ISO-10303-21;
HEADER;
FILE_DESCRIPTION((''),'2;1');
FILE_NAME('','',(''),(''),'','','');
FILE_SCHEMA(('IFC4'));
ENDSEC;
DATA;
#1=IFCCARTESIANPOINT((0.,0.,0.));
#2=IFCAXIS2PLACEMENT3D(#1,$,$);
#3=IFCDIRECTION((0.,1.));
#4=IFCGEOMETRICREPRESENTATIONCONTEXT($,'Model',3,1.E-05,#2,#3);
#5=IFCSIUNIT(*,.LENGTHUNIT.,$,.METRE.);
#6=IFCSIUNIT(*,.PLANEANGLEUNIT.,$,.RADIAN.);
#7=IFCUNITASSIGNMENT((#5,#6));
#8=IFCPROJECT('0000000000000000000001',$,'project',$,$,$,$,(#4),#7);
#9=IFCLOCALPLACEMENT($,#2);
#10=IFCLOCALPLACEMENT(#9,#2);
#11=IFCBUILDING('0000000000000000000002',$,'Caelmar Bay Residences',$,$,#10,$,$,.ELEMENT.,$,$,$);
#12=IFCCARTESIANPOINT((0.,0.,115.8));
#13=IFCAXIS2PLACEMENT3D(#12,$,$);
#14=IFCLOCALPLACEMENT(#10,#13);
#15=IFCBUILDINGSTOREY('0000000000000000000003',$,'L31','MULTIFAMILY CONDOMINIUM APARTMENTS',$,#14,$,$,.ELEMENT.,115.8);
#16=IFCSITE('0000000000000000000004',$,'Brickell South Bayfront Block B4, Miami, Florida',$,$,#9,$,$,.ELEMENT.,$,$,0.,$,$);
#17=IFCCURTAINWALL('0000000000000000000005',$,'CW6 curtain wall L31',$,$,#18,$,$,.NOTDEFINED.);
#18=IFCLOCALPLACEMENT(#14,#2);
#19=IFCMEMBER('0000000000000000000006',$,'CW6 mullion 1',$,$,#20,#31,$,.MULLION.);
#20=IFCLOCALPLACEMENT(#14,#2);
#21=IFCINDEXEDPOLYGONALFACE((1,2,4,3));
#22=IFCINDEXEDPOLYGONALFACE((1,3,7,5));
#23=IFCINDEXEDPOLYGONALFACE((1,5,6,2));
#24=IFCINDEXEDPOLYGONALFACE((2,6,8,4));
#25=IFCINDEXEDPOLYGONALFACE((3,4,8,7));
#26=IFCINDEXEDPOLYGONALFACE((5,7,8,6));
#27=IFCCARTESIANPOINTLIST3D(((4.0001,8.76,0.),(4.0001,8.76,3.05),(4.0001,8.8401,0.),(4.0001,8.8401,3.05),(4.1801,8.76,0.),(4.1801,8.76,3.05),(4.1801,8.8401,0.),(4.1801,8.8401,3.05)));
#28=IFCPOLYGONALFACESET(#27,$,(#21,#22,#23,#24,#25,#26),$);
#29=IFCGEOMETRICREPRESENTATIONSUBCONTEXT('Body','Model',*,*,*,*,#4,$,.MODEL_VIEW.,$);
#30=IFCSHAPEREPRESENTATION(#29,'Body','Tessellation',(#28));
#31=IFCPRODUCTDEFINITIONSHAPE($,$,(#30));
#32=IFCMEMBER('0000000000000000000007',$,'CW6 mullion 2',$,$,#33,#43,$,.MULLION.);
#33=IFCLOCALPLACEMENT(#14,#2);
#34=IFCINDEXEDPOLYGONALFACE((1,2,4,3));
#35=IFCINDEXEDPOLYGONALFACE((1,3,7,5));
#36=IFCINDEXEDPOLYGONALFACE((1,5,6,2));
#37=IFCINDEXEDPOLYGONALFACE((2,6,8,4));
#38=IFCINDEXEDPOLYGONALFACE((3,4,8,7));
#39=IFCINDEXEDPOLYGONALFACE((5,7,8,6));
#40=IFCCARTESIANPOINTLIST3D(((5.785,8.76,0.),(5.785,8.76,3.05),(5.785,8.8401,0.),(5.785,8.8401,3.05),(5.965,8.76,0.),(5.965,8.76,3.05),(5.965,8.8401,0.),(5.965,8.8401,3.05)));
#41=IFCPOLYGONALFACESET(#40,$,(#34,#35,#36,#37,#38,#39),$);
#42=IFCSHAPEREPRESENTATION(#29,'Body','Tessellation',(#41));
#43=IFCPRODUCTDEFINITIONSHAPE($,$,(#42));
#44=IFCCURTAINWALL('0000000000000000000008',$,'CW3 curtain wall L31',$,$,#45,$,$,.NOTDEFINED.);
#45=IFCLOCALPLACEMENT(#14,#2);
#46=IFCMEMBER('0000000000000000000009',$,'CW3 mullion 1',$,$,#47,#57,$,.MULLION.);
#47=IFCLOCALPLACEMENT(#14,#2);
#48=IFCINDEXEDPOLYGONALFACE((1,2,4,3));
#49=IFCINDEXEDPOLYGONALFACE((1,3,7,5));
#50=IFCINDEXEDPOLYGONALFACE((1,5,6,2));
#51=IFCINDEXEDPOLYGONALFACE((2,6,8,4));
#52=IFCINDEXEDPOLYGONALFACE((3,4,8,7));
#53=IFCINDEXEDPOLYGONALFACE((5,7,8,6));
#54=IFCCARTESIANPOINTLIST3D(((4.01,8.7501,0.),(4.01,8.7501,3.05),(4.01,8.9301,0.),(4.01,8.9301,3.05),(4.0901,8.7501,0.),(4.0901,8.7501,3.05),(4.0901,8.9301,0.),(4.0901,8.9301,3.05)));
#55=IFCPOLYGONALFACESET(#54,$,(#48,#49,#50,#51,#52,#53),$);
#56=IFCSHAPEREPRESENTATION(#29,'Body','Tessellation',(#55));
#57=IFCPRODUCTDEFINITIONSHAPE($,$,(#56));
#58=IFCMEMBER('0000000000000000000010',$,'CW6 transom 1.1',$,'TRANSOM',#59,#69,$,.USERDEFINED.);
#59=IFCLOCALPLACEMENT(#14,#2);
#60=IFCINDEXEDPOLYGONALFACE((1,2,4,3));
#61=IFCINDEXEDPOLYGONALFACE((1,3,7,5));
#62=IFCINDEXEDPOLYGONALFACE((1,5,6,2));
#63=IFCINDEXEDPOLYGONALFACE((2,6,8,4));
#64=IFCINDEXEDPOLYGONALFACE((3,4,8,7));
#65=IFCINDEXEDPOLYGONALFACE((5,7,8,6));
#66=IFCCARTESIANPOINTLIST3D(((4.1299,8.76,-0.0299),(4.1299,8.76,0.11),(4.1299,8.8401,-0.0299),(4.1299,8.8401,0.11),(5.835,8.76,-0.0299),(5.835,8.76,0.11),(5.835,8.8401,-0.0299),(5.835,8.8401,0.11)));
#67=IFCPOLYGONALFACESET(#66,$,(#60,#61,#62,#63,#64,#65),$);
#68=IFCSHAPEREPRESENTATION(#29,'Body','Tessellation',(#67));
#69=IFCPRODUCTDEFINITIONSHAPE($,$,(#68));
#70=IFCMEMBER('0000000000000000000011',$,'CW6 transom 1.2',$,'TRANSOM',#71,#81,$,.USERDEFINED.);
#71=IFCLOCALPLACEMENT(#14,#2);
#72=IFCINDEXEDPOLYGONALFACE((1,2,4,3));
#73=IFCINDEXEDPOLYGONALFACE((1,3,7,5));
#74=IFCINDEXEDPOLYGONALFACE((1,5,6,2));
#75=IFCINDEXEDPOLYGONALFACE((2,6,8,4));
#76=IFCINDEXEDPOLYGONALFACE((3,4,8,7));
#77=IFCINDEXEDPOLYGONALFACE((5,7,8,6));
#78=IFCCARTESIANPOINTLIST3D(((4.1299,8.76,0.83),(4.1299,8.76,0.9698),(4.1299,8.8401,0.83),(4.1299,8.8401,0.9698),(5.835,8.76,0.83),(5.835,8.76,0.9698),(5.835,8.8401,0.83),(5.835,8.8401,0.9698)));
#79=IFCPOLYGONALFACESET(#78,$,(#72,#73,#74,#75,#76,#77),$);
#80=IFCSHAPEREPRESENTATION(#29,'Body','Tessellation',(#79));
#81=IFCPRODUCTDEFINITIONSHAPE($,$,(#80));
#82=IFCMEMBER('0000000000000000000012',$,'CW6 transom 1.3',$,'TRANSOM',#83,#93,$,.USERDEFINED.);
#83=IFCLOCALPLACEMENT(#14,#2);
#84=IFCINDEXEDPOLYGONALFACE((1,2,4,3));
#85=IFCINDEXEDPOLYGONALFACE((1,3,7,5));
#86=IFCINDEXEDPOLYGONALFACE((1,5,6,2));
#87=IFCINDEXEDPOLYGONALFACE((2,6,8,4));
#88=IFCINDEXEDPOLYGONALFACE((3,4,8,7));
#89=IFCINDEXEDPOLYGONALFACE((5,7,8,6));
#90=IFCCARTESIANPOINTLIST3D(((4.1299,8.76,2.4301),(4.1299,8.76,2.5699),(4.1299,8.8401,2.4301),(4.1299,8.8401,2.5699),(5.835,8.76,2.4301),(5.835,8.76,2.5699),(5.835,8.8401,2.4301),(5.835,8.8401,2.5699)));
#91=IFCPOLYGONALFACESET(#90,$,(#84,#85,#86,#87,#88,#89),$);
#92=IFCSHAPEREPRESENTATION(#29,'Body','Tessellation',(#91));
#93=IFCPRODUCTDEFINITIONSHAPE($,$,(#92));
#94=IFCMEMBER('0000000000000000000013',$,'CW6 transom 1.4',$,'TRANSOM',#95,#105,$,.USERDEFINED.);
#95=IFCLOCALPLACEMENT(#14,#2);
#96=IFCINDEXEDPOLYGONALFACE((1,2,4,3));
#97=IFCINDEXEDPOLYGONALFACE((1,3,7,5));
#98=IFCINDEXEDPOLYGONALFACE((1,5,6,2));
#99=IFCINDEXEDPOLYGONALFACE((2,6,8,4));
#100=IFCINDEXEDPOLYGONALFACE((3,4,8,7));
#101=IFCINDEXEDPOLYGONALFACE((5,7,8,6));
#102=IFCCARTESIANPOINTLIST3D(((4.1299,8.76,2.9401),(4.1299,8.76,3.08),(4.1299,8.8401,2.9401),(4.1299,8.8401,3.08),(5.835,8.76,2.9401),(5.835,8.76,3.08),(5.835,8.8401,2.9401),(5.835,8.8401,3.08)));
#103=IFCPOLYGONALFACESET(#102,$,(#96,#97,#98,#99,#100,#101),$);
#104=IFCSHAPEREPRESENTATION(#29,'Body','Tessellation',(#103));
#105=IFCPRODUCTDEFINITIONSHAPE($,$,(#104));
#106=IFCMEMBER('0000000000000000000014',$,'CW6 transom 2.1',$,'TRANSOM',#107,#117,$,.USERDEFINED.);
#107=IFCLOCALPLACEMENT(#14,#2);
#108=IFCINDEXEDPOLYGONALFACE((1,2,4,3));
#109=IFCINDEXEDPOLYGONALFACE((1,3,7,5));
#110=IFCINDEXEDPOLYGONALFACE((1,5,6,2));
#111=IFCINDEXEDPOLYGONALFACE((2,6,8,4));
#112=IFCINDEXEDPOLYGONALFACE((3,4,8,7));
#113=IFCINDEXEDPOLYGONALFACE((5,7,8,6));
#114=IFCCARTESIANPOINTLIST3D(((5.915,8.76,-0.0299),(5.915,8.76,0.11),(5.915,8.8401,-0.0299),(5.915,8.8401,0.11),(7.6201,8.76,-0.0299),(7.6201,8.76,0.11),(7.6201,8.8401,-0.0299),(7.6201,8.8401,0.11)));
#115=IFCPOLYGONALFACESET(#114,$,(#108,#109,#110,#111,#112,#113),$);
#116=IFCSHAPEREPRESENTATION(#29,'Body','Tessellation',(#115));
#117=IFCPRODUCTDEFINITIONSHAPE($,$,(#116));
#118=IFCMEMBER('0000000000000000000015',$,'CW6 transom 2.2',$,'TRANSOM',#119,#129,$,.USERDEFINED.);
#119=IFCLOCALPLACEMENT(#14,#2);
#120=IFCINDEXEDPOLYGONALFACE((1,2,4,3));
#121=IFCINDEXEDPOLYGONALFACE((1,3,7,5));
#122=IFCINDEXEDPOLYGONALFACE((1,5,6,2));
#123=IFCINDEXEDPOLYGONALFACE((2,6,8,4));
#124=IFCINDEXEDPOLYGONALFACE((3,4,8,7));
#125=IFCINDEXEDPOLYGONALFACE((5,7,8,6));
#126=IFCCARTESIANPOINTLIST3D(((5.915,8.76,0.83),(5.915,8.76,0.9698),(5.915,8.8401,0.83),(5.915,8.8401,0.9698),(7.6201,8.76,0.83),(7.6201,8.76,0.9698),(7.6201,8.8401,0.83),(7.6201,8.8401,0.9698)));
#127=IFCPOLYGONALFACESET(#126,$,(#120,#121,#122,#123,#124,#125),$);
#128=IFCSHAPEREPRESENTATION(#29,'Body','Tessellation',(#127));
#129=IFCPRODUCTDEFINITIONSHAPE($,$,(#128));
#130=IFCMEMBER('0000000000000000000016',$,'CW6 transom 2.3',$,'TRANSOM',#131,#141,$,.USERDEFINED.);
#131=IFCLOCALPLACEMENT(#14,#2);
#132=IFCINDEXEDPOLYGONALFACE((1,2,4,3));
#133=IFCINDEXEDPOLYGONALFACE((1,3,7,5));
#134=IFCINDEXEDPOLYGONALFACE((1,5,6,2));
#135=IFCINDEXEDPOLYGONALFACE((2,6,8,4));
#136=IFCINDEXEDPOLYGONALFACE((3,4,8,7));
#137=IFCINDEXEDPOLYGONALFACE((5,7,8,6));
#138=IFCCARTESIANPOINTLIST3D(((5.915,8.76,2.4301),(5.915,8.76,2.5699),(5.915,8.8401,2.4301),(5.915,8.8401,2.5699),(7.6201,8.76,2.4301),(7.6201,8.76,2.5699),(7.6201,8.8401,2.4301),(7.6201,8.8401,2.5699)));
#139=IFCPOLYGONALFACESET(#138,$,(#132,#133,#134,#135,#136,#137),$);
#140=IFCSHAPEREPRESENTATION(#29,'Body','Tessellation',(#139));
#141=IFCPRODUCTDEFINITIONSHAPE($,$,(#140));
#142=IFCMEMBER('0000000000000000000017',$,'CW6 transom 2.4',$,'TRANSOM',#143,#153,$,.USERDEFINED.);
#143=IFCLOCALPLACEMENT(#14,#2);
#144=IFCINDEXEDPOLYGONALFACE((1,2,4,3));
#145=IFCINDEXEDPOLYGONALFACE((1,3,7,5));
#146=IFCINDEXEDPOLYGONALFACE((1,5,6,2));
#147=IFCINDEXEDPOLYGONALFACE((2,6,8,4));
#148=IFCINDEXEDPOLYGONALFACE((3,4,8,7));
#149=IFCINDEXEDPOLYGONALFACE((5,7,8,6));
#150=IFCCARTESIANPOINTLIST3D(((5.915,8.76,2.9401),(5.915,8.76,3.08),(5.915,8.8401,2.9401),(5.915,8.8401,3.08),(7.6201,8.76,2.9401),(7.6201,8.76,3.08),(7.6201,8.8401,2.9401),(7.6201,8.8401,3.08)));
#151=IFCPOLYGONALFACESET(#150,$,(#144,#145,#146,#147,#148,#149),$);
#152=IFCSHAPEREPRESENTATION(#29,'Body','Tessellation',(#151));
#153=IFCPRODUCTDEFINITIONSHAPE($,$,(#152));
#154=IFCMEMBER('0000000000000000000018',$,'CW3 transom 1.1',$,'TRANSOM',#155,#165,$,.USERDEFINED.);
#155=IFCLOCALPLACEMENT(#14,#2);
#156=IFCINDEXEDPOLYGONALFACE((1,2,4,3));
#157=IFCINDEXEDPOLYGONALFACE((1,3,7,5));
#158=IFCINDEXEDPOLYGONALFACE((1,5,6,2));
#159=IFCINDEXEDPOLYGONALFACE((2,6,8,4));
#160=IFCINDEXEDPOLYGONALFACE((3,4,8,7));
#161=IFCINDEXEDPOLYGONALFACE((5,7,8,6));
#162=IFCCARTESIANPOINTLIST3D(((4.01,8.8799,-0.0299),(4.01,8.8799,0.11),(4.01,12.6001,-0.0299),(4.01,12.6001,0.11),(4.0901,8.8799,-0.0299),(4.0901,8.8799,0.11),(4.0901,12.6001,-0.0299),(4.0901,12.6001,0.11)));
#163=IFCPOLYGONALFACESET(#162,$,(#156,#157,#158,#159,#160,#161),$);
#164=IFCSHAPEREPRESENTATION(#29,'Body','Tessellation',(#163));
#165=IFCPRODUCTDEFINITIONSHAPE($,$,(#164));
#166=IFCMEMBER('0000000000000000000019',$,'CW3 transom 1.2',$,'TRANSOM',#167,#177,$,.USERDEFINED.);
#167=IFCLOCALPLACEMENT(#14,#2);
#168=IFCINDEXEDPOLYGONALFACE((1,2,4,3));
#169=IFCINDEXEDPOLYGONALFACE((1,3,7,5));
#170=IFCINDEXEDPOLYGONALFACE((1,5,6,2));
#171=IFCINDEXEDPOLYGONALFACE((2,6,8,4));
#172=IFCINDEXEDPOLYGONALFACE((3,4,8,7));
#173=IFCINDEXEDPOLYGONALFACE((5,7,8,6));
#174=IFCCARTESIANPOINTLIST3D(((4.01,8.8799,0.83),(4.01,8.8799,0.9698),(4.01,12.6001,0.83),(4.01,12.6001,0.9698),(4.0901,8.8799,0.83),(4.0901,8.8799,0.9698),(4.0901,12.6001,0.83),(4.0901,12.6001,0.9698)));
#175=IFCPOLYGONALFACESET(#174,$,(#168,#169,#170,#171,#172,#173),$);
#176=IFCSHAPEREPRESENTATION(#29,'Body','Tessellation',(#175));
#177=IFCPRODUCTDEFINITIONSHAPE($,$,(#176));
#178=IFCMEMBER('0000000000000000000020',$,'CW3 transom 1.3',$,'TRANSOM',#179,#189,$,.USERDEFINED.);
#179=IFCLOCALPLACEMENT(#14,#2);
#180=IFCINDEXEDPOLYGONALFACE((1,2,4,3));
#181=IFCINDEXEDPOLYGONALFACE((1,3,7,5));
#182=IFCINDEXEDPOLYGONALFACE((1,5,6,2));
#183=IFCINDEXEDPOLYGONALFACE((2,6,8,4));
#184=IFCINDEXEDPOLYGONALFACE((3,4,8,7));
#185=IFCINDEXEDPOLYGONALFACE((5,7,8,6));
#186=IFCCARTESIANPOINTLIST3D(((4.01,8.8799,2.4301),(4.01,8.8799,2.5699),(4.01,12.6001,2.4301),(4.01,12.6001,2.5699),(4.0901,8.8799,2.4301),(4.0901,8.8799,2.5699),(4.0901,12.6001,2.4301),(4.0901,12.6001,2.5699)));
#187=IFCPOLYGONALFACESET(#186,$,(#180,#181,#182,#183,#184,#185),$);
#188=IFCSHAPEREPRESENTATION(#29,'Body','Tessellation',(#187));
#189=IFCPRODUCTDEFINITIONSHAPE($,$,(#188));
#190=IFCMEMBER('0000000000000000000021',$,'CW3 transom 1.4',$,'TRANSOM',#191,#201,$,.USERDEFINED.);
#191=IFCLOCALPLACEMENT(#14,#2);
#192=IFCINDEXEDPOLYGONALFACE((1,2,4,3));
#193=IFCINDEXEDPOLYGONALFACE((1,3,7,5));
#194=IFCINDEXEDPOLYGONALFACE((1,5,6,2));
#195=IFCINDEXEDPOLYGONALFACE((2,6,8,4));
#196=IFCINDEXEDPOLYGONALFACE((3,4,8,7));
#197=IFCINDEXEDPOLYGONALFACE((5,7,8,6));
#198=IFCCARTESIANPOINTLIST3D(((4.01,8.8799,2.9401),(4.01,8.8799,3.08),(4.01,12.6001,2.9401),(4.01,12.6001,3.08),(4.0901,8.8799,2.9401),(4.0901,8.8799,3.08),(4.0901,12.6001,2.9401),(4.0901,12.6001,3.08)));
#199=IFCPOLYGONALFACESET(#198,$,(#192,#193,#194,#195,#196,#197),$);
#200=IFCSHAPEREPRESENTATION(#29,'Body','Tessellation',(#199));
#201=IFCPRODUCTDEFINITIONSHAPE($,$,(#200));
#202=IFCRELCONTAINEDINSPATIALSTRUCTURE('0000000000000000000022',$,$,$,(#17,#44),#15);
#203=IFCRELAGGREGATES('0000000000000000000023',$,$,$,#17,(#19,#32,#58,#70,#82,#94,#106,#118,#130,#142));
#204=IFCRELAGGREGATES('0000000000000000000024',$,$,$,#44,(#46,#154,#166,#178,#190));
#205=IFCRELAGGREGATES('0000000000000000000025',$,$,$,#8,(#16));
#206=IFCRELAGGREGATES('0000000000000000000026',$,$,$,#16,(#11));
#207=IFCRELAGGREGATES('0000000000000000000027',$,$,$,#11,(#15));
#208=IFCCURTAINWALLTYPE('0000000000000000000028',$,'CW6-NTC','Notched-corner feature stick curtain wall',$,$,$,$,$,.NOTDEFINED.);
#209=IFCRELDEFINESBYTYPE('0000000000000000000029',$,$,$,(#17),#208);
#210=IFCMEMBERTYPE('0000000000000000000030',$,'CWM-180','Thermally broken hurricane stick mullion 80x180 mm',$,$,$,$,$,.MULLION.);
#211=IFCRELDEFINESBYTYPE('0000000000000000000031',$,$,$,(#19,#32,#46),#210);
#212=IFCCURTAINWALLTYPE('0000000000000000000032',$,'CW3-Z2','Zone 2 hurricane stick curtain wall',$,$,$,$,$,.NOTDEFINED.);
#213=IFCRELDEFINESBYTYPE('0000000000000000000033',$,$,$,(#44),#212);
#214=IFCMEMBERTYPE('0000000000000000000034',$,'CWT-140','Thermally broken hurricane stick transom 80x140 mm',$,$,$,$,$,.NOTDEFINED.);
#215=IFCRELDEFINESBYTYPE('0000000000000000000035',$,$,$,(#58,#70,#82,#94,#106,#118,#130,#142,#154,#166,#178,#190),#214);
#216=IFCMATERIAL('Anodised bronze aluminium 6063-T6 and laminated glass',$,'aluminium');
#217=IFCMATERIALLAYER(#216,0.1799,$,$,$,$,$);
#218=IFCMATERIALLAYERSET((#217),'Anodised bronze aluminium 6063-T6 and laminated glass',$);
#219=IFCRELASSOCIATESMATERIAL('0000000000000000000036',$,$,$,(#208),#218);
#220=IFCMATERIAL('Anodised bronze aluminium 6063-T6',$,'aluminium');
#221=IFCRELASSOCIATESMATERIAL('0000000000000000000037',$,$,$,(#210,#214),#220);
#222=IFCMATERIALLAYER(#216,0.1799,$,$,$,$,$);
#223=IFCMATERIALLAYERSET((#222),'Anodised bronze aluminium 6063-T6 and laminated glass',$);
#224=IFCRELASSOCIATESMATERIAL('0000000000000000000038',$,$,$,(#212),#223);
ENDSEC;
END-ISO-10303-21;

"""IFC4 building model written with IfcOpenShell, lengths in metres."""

from ifc_helpers import new_model, si_unit, direction, frame, origin, origin_2d, place, context, subcontext, project, spatial, rectangle, extrude, material, layer, layer_set, material_profile, profile_set, type_object, element, aggregate, save


model = new_model("IFC4")

# Units and contexts
model_context = context("Model", 3, precision=1e-05, world=origin(), true_north=direction((0.0, 1.0)))
body_context = subcontext(model_context, "Body", "Model", "MODEL_VIEW")
ifc_project = project(units=[si_unit("LENGTHUNIT", "METRE"), si_unit("PLANEANGLEUNIT", "RADIAN")], contexts=[model_context])

# Site, building, storey
site_placement = place(None, origin())
site = spatial("IfcSite", under=ifc_project, at=site_placement, Name="Brickell South Bayfront Block B4, Miami, Florida", CompositionType="ELEMENT", RefElevation=0.0)
building_placement = place(site_placement, origin())
building = spatial("IfcBuilding", under=site, at=building_placement, Name="Caelmar Bay Residences", CompositionType="ELEMENT")
storey_placement = place(building_placement, frame((0.0, 0.0, 115.8)))
storey = spatial("IfcBuildingStorey", under=building, at=storey_placement, Name="L31", Description="MULTIFAMILY CONDOMINIUM APARTMENTS", CompositionType="ELEMENT", Elevation=115.8)

# Curtain wall, members
ifc_material_1 = material(Name="Anodised bronze aluminium 6063-T6 and laminated glass", Category="aluminium")
ifc_layer_1 = layer(ifc_material_1, 0.1799)
ifc_layer_set_1 = layer_set([ifc_layer_1], Name="Anodised bronze aluminium 6063-T6 and laminated glass")
curtain_wall_type_1 = type_object("IfcCurtainWallType", Name="CW6-NTC", Description="Notched-corner feature stick curtain wall", PredefinedType="NOTDEFINED", material=ifc_layer_set_1)
curtain_wall_1_placement = place(storey_placement, origin())
curtain_wall_1 = element("IfcCurtainWall", 1, at=curtain_wall_1_placement, inside=storey, type_object=curtain_wall_type_1, Name="CW6 curtain wall L31", PredefinedType="NOTDEFINED")
ifc_material_2 = material(Name="Anodised bronze aluminium 6063-T6", Category="aluminium")
ifc_material_profile_1 = material_profile(ifc_material_2, rectangle(XDim=0.0801, YDim=0.1799, at=origin_2d()), Name="CWM-80X180")
ifc_profile_set_1 = profile_set([ifc_material_profile_1], Name="Anodised bronze aluminium 6063-T6")
member_type_1 = type_object("IfcMemberType", Name="CWM-180", Description="Thermally broken hurricane stick mullion 80x180 mm", PredefinedType="MULLION", material=ifc_profile_set_1)
member_1_placement = place(storey_placement, frame((4.0901, 8.8, 0.0), z_axis=(0.0, 0.0, 1.0), x_axis=(0.0, 1.0, 0.0)))
member_1 = element("IfcMember", 2, at=member_1_placement, type_object=member_type_1, Name="CW6 mullion 1", PredefinedType="MULLION", context=body_context, shape_type="SweptSolid", body=[
    extrude(rectangle(XDim=0.0801, YDim=0.1799, at=origin_2d()), origin(), (0.0, 0.0, 1.0), 3.05),
])
member_2_placement = place(storey_placement, frame((5.875, 8.8, 0.0), z_axis=(0.0, 0.0, 1.0), x_axis=(0.0, 1.0, 0.0)))
member_2 = element("IfcMember", 3, at=member_2_placement, type_object=member_type_1, Name="CW6 mullion 2", PredefinedType="MULLION", context=body_context, shape_type="SweptSolid", body=[
    extrude(rectangle(XDim=0.0801, YDim=0.1799, at=origin_2d()), origin(), (0.0, 0.0, 1.0), 3.05),
])

# Curtain wall, member
ifc_layer_2 = layer(ifc_material_1, 0.1799)
ifc_layer_set_2 = layer_set([ifc_layer_2], Name="Anodised bronze aluminium 6063-T6 and laminated glass")
curtain_wall_type_2 = type_object("IfcCurtainWallType", Name="CW3-Z2", Description="Zone 2 hurricane stick curtain wall", PredefinedType="NOTDEFINED", material=ifc_layer_set_2)
curtain_wall_2_placement = place(storey_placement, origin())
curtain_wall_2 = element("IfcCurtainWall", 4, at=curtain_wall_2_placement, inside=storey, type_object=curtain_wall_type_2, Name="CW3 curtain wall L31", PredefinedType="NOTDEFINED")
member_3_placement = place(storey_placement, frame((4.05, 8.8401, 0.0), z_axis=(0.0, 0.0, 1.0), x_axis=(-1.0, 0.0, 0.0)))
member_3 = element("IfcMember", 5, at=member_3_placement, type_object=member_type_1, Name="CW3 mullion 1", PredefinedType="MULLION", context=body_context, shape_type="SweptSolid", body=[
    extrude(rectangle(XDim=0.0801, YDim=0.1799, at=origin_2d()), origin(), (0.0, 0.0, 1.0), 3.05),
])

# Members
ifc_material_profile_2 = material_profile(ifc_material_2, rectangle(XDim=0.0801, YDim=0.1399, at=origin_2d()), Name="CWT-80X140")
ifc_profile_set_2 = profile_set([ifc_material_profile_2], Name="Anodised bronze aluminium 6063-T6")
member_type_2 = type_object("IfcMemberType", Name="CWT-140", Description="Thermally broken hurricane stick transom 80x140 mm", PredefinedType="NOTDEFINED", material=ifc_profile_set_2)
member_4_placement = place(storey_placement, frame((4.1299, 8.8, 0.04), z_axis=(1.0, 0.0, 0.0), x_axis=(0.0, 1.0, 0.0)))
member_4 = element("IfcMember", 6, at=member_4_placement, type_object=member_type_2, Name="CW6 transom 1.1", ObjectType="TRANSOM", PredefinedType="USERDEFINED", context=body_context, shape_type="SweptSolid", body=[
    extrude(rectangle(XDim=0.0801, YDim=0.1399, at=origin_2d()), origin(), (0.0, 0.0, 1.0), 1.7051),
])
member_5_placement = place(storey_placement, frame((4.1299, 8.8, 0.8999), z_axis=(1.0, 0.0, 0.0), x_axis=(0.0, 1.0, 0.0)))
member_5 = element("IfcMember", 7, at=member_5_placement, type_object=member_type_2, Name="CW6 transom 1.2", ObjectType="TRANSOM", PredefinedType="USERDEFINED", context=body_context, shape_type="SweptSolid", body=[
    extrude(rectangle(XDim=0.0801, YDim=0.1399, at=origin_2d()), origin(), (0.0, 0.0, 1.0), 1.7051),
])
member_6_placement = place(storey_placement, frame((4.1299, 8.8, 2.5), z_axis=(1.0, 0.0, 0.0), x_axis=(0.0, 1.0, 0.0)))
member_6 = element("IfcMember", 8, at=member_6_placement, type_object=member_type_2, Name="CW6 transom 1.3", ObjectType="TRANSOM", PredefinedType="USERDEFINED", context=body_context, shape_type="SweptSolid", body=[
    extrude(rectangle(XDim=0.0801, YDim=0.1399, at=origin_2d()), origin(), (0.0, 0.0, 1.0), 1.7051),
])
member_7_placement = place(storey_placement, frame((4.1299, 8.8, 3.01), z_axis=(1.0, 0.0, 0.0), x_axis=(0.0, 1.0, 0.0)))
member_7 = element("IfcMember", 9, at=member_7_placement, type_object=member_type_2, Name="CW6 transom 1.4", ObjectType="TRANSOM", PredefinedType="USERDEFINED", context=body_context, shape_type="SweptSolid", body=[
    extrude(rectangle(XDim=0.0801, YDim=0.1399, at=origin_2d()), origin(), (0.0, 0.0, 1.0), 1.7051),
])
member_8_placement = place(storey_placement, frame((5.915, 8.8, 0.04), z_axis=(1.0, 0.0, 0.0), x_axis=(0.0, 1.0, 0.0)))
member_8 = element("IfcMember", 10, at=member_8_placement, type_object=member_type_2, Name="CW6 transom 2.1", ObjectType="TRANSOM", PredefinedType="USERDEFINED", context=body_context, shape_type="SweptSolid", body=[
    extrude(rectangle(XDim=0.0801, YDim=0.1399, at=origin_2d()), origin(), (0.0, 0.0, 1.0), 1.7051),
])
member_9_placement = place(storey_placement, frame((5.915, 8.8, 0.8999), z_axis=(1.0, 0.0, 0.0), x_axis=(0.0, 1.0, 0.0)))
member_9 = element("IfcMember", 11, at=member_9_placement, type_object=member_type_2, Name="CW6 transom 2.2", ObjectType="TRANSOM", PredefinedType="USERDEFINED", context=body_context, shape_type="SweptSolid", body=[
    extrude(rectangle(XDim=0.0801, YDim=0.1399, at=origin_2d()), origin(), (0.0, 0.0, 1.0), 1.7051),
])
member_10_placement = place(storey_placement, frame((5.915, 8.8, 2.5), z_axis=(1.0, 0.0, 0.0), x_axis=(0.0, 1.0, 0.0)))
member_10 = element("IfcMember", 12, at=member_10_placement, type_object=member_type_2, Name="CW6 transom 2.3", ObjectType="TRANSOM", PredefinedType="USERDEFINED", context=body_context, shape_type="SweptSolid", body=[
    extrude(rectangle(XDim=0.0801, YDim=0.1399, at=origin_2d()), origin(), (0.0, 0.0, 1.0), 1.7051),
])
member_11_placement = place(storey_placement, frame((5.915, 8.8, 3.01), z_axis=(1.0, 0.0, 0.0), x_axis=(0.0, 1.0, 0.0)))
member_11 = element("IfcMember", 13, at=member_11_placement, type_object=member_type_2, Name="CW6 transom 2.4", ObjectType="TRANSOM", PredefinedType="USERDEFINED", context=body_context, shape_type="SweptSolid", body=[
    extrude(rectangle(XDim=0.0801, YDim=0.1399, at=origin_2d()), origin(), (0.0, 0.0, 1.0), 1.7051),
])
member_12_placement = place(storey_placement, frame((4.05, 8.8799, 0.04), z_axis=(0.0, 1.0, 0.0), x_axis=(-1.0, 0.0, 0.0)))
member_12 = element("IfcMember", 14, at=member_12_placement, type_object=member_type_2, Name="CW3 transom 1.1", ObjectType="TRANSOM", PredefinedType="USERDEFINED", context=body_context, shape_type="SweptSolid", body=[
    extrude(rectangle(XDim=0.0801, YDim=0.1399, at=origin_2d()), origin(), (0.0, 0.0, 1.0), 3.7202),
])
member_13_placement = place(storey_placement, frame((4.05, 8.8799, 0.8999), z_axis=(0.0, 1.0, 0.0), x_axis=(-1.0, 0.0, 0.0)))
member_13 = element("IfcMember", 15, at=member_13_placement, type_object=member_type_2, Name="CW3 transom 1.2", ObjectType="TRANSOM", PredefinedType="USERDEFINED", context=body_context, shape_type="SweptSolid", body=[
    extrude(rectangle(XDim=0.0801, YDim=0.1399, at=origin_2d()), origin(), (0.0, 0.0, 1.0), 3.7202),
])
member_14_placement = place(storey_placement, frame((4.05, 8.8799, 2.5), z_axis=(0.0, 1.0, 0.0), x_axis=(-1.0, 0.0, 0.0)))
member_14 = element("IfcMember", 16, at=member_14_placement, type_object=member_type_2, Name="CW3 transom 1.3", ObjectType="TRANSOM", PredefinedType="USERDEFINED", context=body_context, shape_type="SweptSolid", body=[
    extrude(rectangle(XDim=0.0801, YDim=0.1399, at=origin_2d()), origin(), (0.0, 0.0, 1.0), 3.7202),
])
member_15_placement = place(storey_placement, frame((4.05, 8.8799, 3.01), z_axis=(0.0, 1.0, 0.0), x_axis=(-1.0, 0.0, 0.0)))
member_15 = element("IfcMember", 17, at=member_15_placement, type_object=member_type_2, Name="CW3 transom 1.4", ObjectType="TRANSOM", PredefinedType="USERDEFINED", context=body_context, shape_type="SweptSolid", body=[
    extrude(rectangle(XDim=0.0801, YDim=0.1399, at=origin_2d()), origin(), (0.0, 0.0, 1.0), 3.7202),
])

aggregate(curtain_wall_1, [member_1, member_2, member_4, member_5, member_6, member_7, member_8, member_9, member_10, member_11])
aggregate(curtain_wall_2, [member_3, member_12, member_13, member_14, member_15])

save(model, "model.ifc")
